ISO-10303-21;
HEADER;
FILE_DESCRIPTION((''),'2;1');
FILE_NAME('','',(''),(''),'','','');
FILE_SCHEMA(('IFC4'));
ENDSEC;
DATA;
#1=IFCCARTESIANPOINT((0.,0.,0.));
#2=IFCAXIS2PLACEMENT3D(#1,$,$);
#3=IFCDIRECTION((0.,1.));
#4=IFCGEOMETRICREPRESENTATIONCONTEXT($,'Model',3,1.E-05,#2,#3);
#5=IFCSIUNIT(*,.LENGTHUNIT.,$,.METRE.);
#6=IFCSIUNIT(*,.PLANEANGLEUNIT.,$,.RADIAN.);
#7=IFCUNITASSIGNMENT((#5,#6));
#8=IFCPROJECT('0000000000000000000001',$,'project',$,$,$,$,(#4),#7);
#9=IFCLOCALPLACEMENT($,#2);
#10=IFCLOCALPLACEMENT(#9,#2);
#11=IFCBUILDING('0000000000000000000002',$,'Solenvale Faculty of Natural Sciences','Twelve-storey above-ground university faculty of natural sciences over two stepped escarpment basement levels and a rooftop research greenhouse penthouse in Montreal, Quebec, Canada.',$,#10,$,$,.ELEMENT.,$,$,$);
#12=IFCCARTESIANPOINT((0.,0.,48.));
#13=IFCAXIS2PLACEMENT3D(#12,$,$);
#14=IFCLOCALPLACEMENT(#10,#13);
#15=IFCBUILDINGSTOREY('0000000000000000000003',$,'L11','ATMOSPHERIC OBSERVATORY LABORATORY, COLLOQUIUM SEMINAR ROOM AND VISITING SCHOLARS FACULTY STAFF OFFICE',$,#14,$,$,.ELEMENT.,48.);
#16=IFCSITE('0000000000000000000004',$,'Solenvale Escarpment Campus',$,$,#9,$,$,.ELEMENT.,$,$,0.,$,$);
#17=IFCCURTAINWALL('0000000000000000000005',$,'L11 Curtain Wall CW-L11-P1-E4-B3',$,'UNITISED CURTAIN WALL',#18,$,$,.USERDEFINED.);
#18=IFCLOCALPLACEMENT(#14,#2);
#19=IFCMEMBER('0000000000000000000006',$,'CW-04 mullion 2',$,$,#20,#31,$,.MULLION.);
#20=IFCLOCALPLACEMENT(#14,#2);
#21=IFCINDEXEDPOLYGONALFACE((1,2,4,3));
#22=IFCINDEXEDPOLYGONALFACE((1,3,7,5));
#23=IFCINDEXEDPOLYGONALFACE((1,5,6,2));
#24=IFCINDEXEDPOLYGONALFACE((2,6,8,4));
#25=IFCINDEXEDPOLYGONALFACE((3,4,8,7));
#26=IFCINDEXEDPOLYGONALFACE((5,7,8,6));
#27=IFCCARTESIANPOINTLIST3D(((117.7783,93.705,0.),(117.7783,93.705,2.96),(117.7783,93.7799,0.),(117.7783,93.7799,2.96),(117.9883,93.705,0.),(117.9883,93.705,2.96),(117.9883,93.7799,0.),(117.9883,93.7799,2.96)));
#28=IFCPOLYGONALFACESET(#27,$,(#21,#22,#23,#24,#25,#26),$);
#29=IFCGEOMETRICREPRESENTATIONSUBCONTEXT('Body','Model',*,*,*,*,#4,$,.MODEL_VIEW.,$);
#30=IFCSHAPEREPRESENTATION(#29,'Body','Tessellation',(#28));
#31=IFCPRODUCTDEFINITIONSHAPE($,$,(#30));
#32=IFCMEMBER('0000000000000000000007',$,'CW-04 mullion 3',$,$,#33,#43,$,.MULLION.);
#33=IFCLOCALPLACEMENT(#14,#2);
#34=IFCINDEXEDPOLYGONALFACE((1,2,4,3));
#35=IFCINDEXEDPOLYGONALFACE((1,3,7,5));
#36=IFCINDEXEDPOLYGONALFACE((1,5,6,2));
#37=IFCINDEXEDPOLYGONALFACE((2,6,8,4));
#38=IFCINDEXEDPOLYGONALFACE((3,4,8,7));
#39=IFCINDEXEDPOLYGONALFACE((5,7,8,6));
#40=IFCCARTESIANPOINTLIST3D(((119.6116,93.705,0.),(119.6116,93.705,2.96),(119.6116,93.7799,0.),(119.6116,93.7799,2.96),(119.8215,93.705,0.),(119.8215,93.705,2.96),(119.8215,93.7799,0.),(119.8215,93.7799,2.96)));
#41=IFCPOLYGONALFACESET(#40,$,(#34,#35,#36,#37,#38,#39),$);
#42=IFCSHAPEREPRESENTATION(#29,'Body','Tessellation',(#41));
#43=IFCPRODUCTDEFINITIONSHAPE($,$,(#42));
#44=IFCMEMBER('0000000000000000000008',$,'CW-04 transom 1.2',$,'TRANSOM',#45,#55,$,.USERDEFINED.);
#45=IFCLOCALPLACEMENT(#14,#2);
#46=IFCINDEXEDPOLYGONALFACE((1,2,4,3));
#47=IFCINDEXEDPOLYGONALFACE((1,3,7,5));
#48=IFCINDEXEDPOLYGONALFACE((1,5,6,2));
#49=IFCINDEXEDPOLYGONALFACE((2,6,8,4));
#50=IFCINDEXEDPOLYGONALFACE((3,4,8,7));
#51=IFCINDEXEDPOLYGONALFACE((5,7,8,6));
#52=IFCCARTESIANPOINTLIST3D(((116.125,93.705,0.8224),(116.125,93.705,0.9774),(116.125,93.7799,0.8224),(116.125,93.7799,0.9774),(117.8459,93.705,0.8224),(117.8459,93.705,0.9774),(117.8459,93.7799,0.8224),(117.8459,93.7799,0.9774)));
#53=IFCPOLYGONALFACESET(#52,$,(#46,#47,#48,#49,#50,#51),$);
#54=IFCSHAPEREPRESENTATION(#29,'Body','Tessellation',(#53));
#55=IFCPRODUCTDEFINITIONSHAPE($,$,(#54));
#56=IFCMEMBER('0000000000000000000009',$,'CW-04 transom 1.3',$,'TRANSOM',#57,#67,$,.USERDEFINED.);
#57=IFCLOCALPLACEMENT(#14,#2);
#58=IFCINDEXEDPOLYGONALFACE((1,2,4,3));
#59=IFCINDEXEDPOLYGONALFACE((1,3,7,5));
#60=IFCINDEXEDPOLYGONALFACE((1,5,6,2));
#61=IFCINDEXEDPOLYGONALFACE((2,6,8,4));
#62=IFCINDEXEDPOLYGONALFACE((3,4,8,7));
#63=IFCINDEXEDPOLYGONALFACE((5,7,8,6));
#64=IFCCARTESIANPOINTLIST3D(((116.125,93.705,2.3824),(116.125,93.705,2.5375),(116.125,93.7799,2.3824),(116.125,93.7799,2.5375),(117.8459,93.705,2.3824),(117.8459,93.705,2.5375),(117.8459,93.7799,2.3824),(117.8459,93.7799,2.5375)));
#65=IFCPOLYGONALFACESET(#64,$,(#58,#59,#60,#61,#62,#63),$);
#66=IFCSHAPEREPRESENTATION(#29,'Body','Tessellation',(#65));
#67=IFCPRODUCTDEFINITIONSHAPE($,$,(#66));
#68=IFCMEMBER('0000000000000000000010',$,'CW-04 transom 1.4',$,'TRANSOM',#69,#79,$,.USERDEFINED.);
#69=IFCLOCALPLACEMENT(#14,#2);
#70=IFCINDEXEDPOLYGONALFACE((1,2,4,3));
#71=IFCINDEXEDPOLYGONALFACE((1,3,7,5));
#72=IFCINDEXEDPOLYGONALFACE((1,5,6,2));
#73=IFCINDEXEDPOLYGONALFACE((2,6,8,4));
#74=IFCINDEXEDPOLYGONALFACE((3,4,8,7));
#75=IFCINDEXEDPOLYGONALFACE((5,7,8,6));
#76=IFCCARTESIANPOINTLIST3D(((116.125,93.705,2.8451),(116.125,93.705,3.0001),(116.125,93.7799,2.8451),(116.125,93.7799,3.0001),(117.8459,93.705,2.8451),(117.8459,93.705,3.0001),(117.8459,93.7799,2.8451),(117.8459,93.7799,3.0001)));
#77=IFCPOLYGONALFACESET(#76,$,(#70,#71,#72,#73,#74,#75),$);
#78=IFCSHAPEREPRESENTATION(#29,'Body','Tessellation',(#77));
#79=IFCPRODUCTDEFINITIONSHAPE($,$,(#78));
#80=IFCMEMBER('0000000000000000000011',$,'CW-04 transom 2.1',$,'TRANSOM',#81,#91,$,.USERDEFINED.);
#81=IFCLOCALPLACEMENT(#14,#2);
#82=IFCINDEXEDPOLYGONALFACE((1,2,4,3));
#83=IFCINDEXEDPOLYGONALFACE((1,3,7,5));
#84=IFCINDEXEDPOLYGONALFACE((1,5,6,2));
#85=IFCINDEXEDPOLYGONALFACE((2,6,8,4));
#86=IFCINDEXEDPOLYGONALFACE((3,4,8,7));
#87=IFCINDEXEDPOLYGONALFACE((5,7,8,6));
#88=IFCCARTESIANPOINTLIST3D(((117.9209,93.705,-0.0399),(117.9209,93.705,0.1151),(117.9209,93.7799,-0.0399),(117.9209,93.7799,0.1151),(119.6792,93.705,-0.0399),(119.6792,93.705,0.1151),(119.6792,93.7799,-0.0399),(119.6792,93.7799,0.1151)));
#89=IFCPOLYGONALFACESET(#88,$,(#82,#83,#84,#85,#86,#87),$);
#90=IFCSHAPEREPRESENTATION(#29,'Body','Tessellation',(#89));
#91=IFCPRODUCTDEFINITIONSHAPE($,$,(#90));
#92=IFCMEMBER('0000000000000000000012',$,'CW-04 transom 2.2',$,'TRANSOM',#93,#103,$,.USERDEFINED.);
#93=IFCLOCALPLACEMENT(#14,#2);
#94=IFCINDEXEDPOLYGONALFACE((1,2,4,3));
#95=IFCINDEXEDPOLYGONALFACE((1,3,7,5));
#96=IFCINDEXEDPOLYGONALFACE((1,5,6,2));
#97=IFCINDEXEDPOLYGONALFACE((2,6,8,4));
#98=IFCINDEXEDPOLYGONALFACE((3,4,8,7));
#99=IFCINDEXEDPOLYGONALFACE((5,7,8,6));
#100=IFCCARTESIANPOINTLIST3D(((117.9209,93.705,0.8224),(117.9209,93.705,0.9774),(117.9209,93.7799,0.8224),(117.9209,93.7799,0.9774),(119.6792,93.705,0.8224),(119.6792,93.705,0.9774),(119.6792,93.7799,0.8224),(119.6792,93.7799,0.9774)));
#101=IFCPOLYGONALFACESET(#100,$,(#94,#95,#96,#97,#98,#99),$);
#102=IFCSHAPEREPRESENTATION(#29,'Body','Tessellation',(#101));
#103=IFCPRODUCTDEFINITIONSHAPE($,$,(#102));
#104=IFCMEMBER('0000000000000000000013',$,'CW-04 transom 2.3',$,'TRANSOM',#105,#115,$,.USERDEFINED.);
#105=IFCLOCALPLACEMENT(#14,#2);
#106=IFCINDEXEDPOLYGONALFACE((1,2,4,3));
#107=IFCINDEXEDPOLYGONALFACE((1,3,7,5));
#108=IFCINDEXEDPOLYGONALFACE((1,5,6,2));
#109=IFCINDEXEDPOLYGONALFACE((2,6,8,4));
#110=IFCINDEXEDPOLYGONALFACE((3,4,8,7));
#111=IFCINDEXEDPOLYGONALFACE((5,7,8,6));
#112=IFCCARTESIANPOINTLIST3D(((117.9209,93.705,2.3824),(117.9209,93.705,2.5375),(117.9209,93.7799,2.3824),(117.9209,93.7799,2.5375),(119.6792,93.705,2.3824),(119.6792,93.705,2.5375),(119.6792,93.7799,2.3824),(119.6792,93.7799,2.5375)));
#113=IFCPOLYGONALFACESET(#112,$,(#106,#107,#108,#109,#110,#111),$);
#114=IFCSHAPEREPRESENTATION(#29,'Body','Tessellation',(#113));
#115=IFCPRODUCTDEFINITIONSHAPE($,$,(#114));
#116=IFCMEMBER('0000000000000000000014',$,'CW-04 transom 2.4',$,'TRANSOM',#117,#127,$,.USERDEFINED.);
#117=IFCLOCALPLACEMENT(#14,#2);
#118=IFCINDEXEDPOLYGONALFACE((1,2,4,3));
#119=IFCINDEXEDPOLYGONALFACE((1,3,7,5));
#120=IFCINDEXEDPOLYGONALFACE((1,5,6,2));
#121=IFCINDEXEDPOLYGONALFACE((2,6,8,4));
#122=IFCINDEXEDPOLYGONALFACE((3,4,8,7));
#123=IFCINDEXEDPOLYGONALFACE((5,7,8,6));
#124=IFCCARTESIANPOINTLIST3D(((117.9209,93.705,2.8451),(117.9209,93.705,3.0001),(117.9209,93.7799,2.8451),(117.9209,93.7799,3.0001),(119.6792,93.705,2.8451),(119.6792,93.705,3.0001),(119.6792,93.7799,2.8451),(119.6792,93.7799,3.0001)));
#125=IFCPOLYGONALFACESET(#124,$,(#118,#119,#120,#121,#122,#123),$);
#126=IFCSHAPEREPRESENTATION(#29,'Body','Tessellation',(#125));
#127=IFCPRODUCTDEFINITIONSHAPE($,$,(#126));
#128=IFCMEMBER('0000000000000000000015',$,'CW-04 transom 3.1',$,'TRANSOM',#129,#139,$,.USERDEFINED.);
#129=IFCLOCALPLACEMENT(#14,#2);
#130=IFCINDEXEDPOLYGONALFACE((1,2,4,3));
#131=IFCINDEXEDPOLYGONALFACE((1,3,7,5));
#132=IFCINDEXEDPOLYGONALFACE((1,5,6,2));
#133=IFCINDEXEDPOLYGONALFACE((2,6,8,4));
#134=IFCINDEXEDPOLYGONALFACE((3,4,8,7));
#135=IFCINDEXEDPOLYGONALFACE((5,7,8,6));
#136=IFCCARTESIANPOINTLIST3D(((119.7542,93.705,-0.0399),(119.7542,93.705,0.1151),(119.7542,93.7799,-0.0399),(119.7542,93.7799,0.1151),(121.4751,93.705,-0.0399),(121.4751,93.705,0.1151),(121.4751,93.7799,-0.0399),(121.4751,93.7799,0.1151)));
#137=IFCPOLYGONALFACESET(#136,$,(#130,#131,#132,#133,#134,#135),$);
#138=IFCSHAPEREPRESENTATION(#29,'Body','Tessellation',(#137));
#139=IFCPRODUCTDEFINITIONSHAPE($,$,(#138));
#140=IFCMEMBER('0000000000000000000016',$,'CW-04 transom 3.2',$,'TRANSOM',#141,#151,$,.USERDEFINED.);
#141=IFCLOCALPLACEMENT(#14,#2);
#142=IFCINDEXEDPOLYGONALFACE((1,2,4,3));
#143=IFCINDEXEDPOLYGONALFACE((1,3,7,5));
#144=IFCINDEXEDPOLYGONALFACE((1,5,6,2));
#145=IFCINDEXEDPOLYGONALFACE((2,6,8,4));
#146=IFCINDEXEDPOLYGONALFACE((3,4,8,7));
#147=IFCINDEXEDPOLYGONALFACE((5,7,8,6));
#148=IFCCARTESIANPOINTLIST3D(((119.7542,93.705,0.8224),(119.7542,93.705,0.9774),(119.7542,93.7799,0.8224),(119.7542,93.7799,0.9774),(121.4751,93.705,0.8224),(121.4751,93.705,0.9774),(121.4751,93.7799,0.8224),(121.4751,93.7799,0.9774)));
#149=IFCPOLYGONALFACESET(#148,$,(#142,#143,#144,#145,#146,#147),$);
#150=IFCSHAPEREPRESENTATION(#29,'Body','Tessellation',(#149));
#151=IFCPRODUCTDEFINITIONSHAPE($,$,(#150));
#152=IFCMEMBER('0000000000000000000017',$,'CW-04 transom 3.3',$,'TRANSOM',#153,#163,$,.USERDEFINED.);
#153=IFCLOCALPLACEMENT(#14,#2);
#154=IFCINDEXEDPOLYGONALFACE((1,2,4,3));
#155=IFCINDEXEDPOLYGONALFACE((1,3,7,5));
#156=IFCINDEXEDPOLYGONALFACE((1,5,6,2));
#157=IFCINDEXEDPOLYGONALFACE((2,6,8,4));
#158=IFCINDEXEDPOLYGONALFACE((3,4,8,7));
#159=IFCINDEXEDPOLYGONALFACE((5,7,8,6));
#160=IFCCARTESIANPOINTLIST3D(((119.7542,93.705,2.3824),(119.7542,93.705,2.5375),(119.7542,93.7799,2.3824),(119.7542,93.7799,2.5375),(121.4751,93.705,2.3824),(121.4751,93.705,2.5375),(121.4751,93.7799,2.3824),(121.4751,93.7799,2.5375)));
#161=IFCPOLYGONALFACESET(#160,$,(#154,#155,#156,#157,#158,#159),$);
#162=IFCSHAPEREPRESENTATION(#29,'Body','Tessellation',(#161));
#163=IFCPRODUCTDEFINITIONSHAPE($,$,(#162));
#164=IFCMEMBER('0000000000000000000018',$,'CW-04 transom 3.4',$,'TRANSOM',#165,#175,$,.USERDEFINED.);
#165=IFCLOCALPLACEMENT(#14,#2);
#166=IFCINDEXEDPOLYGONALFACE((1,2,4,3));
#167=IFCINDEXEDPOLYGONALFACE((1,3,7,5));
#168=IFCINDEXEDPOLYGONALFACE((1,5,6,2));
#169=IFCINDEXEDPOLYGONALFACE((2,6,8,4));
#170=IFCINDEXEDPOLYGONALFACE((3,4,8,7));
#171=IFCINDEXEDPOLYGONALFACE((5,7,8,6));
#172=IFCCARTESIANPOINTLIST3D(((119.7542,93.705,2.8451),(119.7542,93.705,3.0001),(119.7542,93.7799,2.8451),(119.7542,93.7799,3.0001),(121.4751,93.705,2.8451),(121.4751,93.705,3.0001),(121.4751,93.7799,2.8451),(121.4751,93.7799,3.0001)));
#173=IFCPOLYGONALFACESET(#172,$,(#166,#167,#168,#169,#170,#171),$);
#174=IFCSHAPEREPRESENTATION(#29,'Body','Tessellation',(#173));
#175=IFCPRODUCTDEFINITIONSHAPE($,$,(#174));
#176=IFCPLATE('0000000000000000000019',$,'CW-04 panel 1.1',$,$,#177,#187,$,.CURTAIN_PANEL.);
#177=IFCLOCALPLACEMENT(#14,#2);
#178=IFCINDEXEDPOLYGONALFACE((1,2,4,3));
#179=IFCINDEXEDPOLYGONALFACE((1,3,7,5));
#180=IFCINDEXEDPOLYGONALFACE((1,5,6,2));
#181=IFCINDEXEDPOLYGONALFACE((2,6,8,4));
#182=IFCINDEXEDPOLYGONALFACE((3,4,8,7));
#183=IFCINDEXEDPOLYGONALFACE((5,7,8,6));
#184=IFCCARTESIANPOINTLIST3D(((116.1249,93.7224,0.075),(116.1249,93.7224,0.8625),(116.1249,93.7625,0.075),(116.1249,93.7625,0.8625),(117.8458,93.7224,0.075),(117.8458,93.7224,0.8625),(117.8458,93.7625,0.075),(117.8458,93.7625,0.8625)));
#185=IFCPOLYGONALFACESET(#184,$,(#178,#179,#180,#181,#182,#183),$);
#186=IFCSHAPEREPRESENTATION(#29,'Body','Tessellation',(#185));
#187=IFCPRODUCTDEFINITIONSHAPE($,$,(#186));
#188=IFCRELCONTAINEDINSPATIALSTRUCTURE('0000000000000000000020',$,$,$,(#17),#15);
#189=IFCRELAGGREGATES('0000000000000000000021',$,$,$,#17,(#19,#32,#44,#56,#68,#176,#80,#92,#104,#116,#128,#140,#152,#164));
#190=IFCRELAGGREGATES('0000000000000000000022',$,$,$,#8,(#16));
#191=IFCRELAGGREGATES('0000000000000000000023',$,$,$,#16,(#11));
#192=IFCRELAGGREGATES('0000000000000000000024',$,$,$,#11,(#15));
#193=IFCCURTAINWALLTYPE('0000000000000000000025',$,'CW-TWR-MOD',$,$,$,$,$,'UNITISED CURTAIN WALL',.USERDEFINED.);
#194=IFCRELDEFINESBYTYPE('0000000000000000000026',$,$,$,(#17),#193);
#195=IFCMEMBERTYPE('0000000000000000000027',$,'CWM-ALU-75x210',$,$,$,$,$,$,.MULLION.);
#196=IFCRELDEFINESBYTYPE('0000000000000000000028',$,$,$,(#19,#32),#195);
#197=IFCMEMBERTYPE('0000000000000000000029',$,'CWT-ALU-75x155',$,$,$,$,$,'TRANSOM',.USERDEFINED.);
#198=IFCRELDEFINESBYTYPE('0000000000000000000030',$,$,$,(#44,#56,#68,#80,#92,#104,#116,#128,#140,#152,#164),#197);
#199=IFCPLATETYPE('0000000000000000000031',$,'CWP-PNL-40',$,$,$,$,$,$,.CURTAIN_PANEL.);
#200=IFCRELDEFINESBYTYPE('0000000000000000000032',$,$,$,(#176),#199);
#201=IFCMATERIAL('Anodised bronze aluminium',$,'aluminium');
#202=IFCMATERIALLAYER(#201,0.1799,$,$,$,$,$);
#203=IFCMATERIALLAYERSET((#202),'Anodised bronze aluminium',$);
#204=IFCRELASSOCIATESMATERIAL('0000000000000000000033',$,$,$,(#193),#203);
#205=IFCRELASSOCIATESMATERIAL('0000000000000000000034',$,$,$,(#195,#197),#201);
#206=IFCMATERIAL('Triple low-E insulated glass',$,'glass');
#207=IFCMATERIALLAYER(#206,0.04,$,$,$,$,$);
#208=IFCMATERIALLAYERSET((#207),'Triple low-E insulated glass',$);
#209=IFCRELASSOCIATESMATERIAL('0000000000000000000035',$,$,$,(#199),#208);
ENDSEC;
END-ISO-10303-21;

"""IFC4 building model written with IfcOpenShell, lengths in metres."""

from ifc_helpers import new_model, si_unit, direction, frame, origin, origin_2d, place, context, subcontext, project, spatial, rectangle, extrude, material, layer, layer_set, material_profile, profile_set, type_object, element, aggregate, save


model = new_model("IFC4")

# Units and contexts
model_context = context("Model", 3, precision=1e-05, world=origin(), true_north=direction((0.0, 1.0)))
body_context = subcontext(model_context, "Body", "Model", "MODEL_VIEW")
ifc_project = project(units=[si_unit("LENGTHUNIT", "METRE"), si_unit("PLANEANGLEUNIT", "RADIAN")], contexts=[model_context])

# Site, building, storey
site_placement = place(None, origin())
site = spatial("IfcSite", under=ifc_project, at=site_placement, Name="Solenvale Escarpment Campus", CompositionType="ELEMENT", RefElevation=0.0)
building_placement = place(site_placement, origin())
building = spatial("IfcBuilding", under=site, at=building_placement, Name="Solenvale Faculty of Natural Sciences", Description="Twelve-storey above-ground university faculty of natural sciences over two stepped escarpment basement levels and a rooftop research greenhouse penthouse in Montreal, Quebec, Canada.", CompositionType="ELEMENT")
storey_placement = place(building_placement, frame((0.0, 0.0, 48.0)))
storey = spatial("IfcBuildingStorey", under=building, at=storey_placement, Name="L11", Description="ATMOSPHERIC OBSERVATORY LABORATORY, COLLOQUIUM SEMINAR ROOM AND VISITING SCHOLARS FACULTY STAFF OFFICE", CompositionType="ELEMENT", Elevation=48.0)

# Curtain wall, members, plate
ifc_material_1 = material(Name="Anodised bronze aluminium", Category="aluminium")
ifc_layer_1 = layer(ifc_material_1, 0.1799)
ifc_layer_set_1 = layer_set([ifc_layer_1], Name="Anodised bronze aluminium")
curtain_wall_type = type_object("IfcCurtainWallType", Name="CW-TWR-MOD", ElementType="UNITISED CURTAIN WALL", PredefinedType="USERDEFINED", material=ifc_layer_set_1)
curtain_wall_placement = place(storey_placement, origin())
curtain_wall = element("IfcCurtainWall", 1, at=curtain_wall_placement, inside=storey, type_object=curtain_wall_type, Name="L11 Curtain Wall CW-L11-P1-E4-B3", ObjectType="UNITISED CURTAIN WALL", PredefinedType="USERDEFINED")
ifc_material_profile_1 = material_profile(ifc_material_1, rectangle(XDim=0.075, YDim=0.21, at=origin_2d()), Name="ALU-MUL-75x210")
ifc_profile_set_1 = profile_set([ifc_material_profile_1], Name="Anodised bronze aluminium")
member_type_1 = type_object("IfcMemberType", Name="CWM-ALU-75x210", PredefinedType="MULLION", material=ifc_profile_set_1)
member_1_placement = place(storey_placement, frame((117.8833, 93.7424, 0.0), z_axis=(0.0, 0.0, 1.0), x_axis=(0.0, 1.0, 0.0)))
member_1 = element("IfcMember", 2, at=member_1_placement, type_object=member_type_1, Name="CW-04 mullion 2", PredefinedType="MULLION", context=body_context, shape_type="SweptSolid", body=[
    extrude(rectangle(XDim=0.075, YDim=0.21, at=origin_2d()), origin(), (0.0, 0.0, 1.0), 2.96),
])
member_2_placement = place(storey_placement, frame((119.7166, 93.7424, 0.0), z_axis=(0.0, 0.0, 1.0), x_axis=(0.0, 1.0, 0.0)))
member_2 = element("IfcMember", 3, at=member_2_placement, type_object=member_type_1, Name="CW-04 mullion 3", PredefinedType="MULLION", context=body_context, shape_type="SweptSolid", body=[
    extrude(rectangle(XDim=0.075, YDim=0.21, at=origin_2d()), origin(), (0.0, 0.0, 1.0), 2.96),
])
ifc_material_profile_2 = material_profile(ifc_material_1, rectangle(XDim=0.075, YDim=0.155, at=origin_2d()), Name="ALU-TRN-75x155")
ifc_profile_set_2 = profile_set([ifc_material_profile_2], Name="Anodised bronze aluminium")
member_type_2 = type_object("IfcMemberType", Name="CWT-ALU-75x155", ElementType="TRANSOM", PredefinedType="USERDEFINED", material=ifc_profile_set_2)
member_3_placement = place(storey_placement, frame((116.125, 93.7424, 0.8999), z_axis=(1.0, 0.0, 0.0), x_axis=(0.0, 1.0, 0.0)))
member_3 = element("IfcMember", 4, at=member_3_placement, type_object=member_type_2, Name="CW-04 transom 1.2", ObjectType="TRANSOM", PredefinedType="USERDEFINED", context=body_context, shape_type="SweptSolid", body=[
    extrude(rectangle(XDim=0.075, YDim=0.155, at=origin_2d()), origin(), (0.0, 0.0, 1.0), 1.7209),
])
member_4_placement = place(storey_placement, frame((116.125, 93.7424, 2.46), z_axis=(1.0, 0.0, 0.0), x_axis=(0.0, 1.0, 0.0)))
member_4 = element("IfcMember", 5, at=member_4_placement, type_object=member_type_2, Name="CW-04 transom 1.3", ObjectType="TRANSOM", PredefinedType="USERDEFINED", context=body_context, shape_type="SweptSolid", body=[
    extrude(rectangle(XDim=0.075, YDim=0.155, at=origin_2d()), origin(), (0.0, 0.0, 1.0), 1.7209),
])
member_5_placement = place(storey_placement, frame((116.125, 93.7424, 2.9226), z_axis=(1.0, 0.0, 0.0), x_axis=(0.0, 1.0, 0.0)))
member_5 = element("IfcMember", 6, at=member_5_placement, type_object=member_type_2, Name="CW-04 transom 1.4", ObjectType="TRANSOM", PredefinedType="USERDEFINED", context=body_context, shape_type="SweptSolid", body=[
    extrude(rectangle(XDim=0.075, YDim=0.155, at=origin_2d()), origin(), (0.0, 0.0, 1.0), 1.7209),
])
member_6_placement = place(storey_placement, frame((117.9209, 93.7424, 0.0376), z_axis=(1.0, 0.0, 0.0), x_axis=(0.0, 1.0, 0.0)))
member_6 = element("IfcMember", 7, at=member_6_placement, type_object=member_type_2, Name="CW-04 transom 2.1", ObjectType="TRANSOM", PredefinedType="USERDEFINED", context=body_context, shape_type="SweptSolid", body=[
    extrude(rectangle(XDim=0.075, YDim=0.155, at=origin_2d()), origin(), (0.0, 0.0, 1.0), 1.7583),
])
member_7_placement = place(storey_placement, frame((117.9209, 93.7424, 0.8999), z_axis=(1.0, 0.0, 0.0), x_axis=(0.0, 1.0, 0.0)))
member_7 = element("IfcMember", 8, at=member_7_placement, type_object=member_type_2, Name="CW-04 transom 2.2", ObjectType="TRANSOM", PredefinedType="USERDEFINED", context=body_context, shape_type="SweptSolid", body=[
    extrude(rectangle(XDim=0.075, YDim=0.155, at=origin_2d()), origin(), (0.0, 0.0, 1.0), 1.7583),
])
member_8_placement = place(storey_placement, frame((117.9209, 93.7424, 2.46), z_axis=(1.0, 0.0, 0.0), x_axis=(0.0, 1.0, 0.0)))
member_8 = element("IfcMember", 9, at=member_8_placement, type_object=member_type_2, Name="CW-04 transom 2.3", ObjectType="TRANSOM", PredefinedType="USERDEFINED", context=body_context, shape_type="SweptSolid", body=[
    extrude(rectangle(XDim=0.075, YDim=0.155, at=origin_2d()), origin(), (0.0, 0.0, 1.0), 1.7583),
])
member_9_placement = place(storey_placement, frame((117.9209, 93.7424, 2.9226), z_axis=(1.0, 0.0, 0.0), x_axis=(0.0, 1.0, 0.0)))
member_9 = element("IfcMember", 10, at=member_9_placement, type_object=member_type_2, Name="CW-04 transom 2.4", ObjectType="TRANSOM", PredefinedType="USERDEFINED", context=body_context, shape_type="SweptSolid", body=[
    extrude(rectangle(XDim=0.075, YDim=0.155, at=origin_2d()), origin(), (0.0, 0.0, 1.0), 1.7583),
])
member_10_placement = place(storey_placement, frame((119.7542, 93.7424, 0.0376), z_axis=(1.0, 0.0, 0.0), x_axis=(0.0, 1.0, 0.0)))
member_10 = element("IfcMember", 11, at=member_10_placement, type_object=member_type_2, Name="CW-04 transom 3.1", ObjectType="TRANSOM", PredefinedType="USERDEFINED", context=body_context, shape_type="SweptSolid", body=[
    extrude(rectangle(XDim=0.075, YDim=0.155, at=origin_2d()), origin(), (0.0, 0.0, 1.0), 1.7209),
])
member_11_placement = place(storey_placement, frame((119.7542, 93.7424, 0.8999), z_axis=(1.0, 0.0, 0.0), x_axis=(0.0, 1.0, 0.0)))
member_11 = element("IfcMember", 12, at=member_11_placement, type_object=member_type_2, Name="CW-04 transom 3.2", ObjectType="TRANSOM", PredefinedType="USERDEFINED", context=body_context, shape_type="SweptSolid", body=[
    extrude(rectangle(XDim=0.075, YDim=0.155, at=origin_2d()), origin(), (0.0, 0.0, 1.0), 1.7209),
])
member_12_placement = place(storey_placement, frame((119.7542, 93.7424, 2.46), z_axis=(1.0, 0.0, 0.0), x_axis=(0.0, 1.0, 0.0)))
member_12 = element("IfcMember", 13, at=member_12_placement, type_object=member_type_2, Name="CW-04 transom 3.3", ObjectType="TRANSOM", PredefinedType="USERDEFINED", context=body_context, shape_type="SweptSolid", body=[
    extrude(rectangle(XDim=0.075, YDim=0.155, at=origin_2d()), origin(), (0.0, 0.0, 1.0), 1.7209),
])
member_13_placement = place(storey_placement, frame((119.7542, 93.7424, 2.9226), z_axis=(1.0, 0.0, 0.0), x_axis=(0.0, 1.0, 0.0)))
member_13 = element("IfcMember", 14, at=member_13_placement, type_object=member_type_2, Name="CW-04 transom 3.4", ObjectType="TRANSOM", PredefinedType="USERDEFINED", context=body_context, shape_type="SweptSolid", body=[
    extrude(rectangle(XDim=0.075, YDim=0.155, at=origin_2d()), origin(), (0.0, 0.0, 1.0), 1.7209),
])
ifc_material_2 = material(Name="Triple low-E insulated glass", Category="glass")
ifc_layer_2 = layer(ifc_material_2, 0.04)
ifc_layer_set_2 = layer_set([ifc_layer_2], Name="Triple low-E insulated glass")
plate_type = type_object("IfcPlateType", Name="CWP-PNL-40", PredefinedType="CURTAIN_PANEL", material=ifc_layer_set_2)
plate_1_placement = place(storey_placement, frame((116.9854, 93.7424, 0.075), z_axis=(0.0, 0.0, 1.0), x_axis=(1.0, 0.0, 0.0)))
plate_1 = element("IfcPlate", 15, at=plate_1_placement, type_object=plate_type, Name="CW-04 panel 1.1", PredefinedType="CURTAIN_PANEL", context=body_context, shape_type="SweptSolid", body=[
    extrude(rectangle(XDim=1.7209, YDim=0.04, at=origin_2d()), origin(), (0.0, 0.0, 1.0), 0.7876),
])
aggregate(curtain_wall, [member_1, member_2, member_3, member_4, member_5, plate_1, member_6, member_7, member_8, member_9, member_10, member_11, member_12, member_13])

save(model, "model.ifc")
